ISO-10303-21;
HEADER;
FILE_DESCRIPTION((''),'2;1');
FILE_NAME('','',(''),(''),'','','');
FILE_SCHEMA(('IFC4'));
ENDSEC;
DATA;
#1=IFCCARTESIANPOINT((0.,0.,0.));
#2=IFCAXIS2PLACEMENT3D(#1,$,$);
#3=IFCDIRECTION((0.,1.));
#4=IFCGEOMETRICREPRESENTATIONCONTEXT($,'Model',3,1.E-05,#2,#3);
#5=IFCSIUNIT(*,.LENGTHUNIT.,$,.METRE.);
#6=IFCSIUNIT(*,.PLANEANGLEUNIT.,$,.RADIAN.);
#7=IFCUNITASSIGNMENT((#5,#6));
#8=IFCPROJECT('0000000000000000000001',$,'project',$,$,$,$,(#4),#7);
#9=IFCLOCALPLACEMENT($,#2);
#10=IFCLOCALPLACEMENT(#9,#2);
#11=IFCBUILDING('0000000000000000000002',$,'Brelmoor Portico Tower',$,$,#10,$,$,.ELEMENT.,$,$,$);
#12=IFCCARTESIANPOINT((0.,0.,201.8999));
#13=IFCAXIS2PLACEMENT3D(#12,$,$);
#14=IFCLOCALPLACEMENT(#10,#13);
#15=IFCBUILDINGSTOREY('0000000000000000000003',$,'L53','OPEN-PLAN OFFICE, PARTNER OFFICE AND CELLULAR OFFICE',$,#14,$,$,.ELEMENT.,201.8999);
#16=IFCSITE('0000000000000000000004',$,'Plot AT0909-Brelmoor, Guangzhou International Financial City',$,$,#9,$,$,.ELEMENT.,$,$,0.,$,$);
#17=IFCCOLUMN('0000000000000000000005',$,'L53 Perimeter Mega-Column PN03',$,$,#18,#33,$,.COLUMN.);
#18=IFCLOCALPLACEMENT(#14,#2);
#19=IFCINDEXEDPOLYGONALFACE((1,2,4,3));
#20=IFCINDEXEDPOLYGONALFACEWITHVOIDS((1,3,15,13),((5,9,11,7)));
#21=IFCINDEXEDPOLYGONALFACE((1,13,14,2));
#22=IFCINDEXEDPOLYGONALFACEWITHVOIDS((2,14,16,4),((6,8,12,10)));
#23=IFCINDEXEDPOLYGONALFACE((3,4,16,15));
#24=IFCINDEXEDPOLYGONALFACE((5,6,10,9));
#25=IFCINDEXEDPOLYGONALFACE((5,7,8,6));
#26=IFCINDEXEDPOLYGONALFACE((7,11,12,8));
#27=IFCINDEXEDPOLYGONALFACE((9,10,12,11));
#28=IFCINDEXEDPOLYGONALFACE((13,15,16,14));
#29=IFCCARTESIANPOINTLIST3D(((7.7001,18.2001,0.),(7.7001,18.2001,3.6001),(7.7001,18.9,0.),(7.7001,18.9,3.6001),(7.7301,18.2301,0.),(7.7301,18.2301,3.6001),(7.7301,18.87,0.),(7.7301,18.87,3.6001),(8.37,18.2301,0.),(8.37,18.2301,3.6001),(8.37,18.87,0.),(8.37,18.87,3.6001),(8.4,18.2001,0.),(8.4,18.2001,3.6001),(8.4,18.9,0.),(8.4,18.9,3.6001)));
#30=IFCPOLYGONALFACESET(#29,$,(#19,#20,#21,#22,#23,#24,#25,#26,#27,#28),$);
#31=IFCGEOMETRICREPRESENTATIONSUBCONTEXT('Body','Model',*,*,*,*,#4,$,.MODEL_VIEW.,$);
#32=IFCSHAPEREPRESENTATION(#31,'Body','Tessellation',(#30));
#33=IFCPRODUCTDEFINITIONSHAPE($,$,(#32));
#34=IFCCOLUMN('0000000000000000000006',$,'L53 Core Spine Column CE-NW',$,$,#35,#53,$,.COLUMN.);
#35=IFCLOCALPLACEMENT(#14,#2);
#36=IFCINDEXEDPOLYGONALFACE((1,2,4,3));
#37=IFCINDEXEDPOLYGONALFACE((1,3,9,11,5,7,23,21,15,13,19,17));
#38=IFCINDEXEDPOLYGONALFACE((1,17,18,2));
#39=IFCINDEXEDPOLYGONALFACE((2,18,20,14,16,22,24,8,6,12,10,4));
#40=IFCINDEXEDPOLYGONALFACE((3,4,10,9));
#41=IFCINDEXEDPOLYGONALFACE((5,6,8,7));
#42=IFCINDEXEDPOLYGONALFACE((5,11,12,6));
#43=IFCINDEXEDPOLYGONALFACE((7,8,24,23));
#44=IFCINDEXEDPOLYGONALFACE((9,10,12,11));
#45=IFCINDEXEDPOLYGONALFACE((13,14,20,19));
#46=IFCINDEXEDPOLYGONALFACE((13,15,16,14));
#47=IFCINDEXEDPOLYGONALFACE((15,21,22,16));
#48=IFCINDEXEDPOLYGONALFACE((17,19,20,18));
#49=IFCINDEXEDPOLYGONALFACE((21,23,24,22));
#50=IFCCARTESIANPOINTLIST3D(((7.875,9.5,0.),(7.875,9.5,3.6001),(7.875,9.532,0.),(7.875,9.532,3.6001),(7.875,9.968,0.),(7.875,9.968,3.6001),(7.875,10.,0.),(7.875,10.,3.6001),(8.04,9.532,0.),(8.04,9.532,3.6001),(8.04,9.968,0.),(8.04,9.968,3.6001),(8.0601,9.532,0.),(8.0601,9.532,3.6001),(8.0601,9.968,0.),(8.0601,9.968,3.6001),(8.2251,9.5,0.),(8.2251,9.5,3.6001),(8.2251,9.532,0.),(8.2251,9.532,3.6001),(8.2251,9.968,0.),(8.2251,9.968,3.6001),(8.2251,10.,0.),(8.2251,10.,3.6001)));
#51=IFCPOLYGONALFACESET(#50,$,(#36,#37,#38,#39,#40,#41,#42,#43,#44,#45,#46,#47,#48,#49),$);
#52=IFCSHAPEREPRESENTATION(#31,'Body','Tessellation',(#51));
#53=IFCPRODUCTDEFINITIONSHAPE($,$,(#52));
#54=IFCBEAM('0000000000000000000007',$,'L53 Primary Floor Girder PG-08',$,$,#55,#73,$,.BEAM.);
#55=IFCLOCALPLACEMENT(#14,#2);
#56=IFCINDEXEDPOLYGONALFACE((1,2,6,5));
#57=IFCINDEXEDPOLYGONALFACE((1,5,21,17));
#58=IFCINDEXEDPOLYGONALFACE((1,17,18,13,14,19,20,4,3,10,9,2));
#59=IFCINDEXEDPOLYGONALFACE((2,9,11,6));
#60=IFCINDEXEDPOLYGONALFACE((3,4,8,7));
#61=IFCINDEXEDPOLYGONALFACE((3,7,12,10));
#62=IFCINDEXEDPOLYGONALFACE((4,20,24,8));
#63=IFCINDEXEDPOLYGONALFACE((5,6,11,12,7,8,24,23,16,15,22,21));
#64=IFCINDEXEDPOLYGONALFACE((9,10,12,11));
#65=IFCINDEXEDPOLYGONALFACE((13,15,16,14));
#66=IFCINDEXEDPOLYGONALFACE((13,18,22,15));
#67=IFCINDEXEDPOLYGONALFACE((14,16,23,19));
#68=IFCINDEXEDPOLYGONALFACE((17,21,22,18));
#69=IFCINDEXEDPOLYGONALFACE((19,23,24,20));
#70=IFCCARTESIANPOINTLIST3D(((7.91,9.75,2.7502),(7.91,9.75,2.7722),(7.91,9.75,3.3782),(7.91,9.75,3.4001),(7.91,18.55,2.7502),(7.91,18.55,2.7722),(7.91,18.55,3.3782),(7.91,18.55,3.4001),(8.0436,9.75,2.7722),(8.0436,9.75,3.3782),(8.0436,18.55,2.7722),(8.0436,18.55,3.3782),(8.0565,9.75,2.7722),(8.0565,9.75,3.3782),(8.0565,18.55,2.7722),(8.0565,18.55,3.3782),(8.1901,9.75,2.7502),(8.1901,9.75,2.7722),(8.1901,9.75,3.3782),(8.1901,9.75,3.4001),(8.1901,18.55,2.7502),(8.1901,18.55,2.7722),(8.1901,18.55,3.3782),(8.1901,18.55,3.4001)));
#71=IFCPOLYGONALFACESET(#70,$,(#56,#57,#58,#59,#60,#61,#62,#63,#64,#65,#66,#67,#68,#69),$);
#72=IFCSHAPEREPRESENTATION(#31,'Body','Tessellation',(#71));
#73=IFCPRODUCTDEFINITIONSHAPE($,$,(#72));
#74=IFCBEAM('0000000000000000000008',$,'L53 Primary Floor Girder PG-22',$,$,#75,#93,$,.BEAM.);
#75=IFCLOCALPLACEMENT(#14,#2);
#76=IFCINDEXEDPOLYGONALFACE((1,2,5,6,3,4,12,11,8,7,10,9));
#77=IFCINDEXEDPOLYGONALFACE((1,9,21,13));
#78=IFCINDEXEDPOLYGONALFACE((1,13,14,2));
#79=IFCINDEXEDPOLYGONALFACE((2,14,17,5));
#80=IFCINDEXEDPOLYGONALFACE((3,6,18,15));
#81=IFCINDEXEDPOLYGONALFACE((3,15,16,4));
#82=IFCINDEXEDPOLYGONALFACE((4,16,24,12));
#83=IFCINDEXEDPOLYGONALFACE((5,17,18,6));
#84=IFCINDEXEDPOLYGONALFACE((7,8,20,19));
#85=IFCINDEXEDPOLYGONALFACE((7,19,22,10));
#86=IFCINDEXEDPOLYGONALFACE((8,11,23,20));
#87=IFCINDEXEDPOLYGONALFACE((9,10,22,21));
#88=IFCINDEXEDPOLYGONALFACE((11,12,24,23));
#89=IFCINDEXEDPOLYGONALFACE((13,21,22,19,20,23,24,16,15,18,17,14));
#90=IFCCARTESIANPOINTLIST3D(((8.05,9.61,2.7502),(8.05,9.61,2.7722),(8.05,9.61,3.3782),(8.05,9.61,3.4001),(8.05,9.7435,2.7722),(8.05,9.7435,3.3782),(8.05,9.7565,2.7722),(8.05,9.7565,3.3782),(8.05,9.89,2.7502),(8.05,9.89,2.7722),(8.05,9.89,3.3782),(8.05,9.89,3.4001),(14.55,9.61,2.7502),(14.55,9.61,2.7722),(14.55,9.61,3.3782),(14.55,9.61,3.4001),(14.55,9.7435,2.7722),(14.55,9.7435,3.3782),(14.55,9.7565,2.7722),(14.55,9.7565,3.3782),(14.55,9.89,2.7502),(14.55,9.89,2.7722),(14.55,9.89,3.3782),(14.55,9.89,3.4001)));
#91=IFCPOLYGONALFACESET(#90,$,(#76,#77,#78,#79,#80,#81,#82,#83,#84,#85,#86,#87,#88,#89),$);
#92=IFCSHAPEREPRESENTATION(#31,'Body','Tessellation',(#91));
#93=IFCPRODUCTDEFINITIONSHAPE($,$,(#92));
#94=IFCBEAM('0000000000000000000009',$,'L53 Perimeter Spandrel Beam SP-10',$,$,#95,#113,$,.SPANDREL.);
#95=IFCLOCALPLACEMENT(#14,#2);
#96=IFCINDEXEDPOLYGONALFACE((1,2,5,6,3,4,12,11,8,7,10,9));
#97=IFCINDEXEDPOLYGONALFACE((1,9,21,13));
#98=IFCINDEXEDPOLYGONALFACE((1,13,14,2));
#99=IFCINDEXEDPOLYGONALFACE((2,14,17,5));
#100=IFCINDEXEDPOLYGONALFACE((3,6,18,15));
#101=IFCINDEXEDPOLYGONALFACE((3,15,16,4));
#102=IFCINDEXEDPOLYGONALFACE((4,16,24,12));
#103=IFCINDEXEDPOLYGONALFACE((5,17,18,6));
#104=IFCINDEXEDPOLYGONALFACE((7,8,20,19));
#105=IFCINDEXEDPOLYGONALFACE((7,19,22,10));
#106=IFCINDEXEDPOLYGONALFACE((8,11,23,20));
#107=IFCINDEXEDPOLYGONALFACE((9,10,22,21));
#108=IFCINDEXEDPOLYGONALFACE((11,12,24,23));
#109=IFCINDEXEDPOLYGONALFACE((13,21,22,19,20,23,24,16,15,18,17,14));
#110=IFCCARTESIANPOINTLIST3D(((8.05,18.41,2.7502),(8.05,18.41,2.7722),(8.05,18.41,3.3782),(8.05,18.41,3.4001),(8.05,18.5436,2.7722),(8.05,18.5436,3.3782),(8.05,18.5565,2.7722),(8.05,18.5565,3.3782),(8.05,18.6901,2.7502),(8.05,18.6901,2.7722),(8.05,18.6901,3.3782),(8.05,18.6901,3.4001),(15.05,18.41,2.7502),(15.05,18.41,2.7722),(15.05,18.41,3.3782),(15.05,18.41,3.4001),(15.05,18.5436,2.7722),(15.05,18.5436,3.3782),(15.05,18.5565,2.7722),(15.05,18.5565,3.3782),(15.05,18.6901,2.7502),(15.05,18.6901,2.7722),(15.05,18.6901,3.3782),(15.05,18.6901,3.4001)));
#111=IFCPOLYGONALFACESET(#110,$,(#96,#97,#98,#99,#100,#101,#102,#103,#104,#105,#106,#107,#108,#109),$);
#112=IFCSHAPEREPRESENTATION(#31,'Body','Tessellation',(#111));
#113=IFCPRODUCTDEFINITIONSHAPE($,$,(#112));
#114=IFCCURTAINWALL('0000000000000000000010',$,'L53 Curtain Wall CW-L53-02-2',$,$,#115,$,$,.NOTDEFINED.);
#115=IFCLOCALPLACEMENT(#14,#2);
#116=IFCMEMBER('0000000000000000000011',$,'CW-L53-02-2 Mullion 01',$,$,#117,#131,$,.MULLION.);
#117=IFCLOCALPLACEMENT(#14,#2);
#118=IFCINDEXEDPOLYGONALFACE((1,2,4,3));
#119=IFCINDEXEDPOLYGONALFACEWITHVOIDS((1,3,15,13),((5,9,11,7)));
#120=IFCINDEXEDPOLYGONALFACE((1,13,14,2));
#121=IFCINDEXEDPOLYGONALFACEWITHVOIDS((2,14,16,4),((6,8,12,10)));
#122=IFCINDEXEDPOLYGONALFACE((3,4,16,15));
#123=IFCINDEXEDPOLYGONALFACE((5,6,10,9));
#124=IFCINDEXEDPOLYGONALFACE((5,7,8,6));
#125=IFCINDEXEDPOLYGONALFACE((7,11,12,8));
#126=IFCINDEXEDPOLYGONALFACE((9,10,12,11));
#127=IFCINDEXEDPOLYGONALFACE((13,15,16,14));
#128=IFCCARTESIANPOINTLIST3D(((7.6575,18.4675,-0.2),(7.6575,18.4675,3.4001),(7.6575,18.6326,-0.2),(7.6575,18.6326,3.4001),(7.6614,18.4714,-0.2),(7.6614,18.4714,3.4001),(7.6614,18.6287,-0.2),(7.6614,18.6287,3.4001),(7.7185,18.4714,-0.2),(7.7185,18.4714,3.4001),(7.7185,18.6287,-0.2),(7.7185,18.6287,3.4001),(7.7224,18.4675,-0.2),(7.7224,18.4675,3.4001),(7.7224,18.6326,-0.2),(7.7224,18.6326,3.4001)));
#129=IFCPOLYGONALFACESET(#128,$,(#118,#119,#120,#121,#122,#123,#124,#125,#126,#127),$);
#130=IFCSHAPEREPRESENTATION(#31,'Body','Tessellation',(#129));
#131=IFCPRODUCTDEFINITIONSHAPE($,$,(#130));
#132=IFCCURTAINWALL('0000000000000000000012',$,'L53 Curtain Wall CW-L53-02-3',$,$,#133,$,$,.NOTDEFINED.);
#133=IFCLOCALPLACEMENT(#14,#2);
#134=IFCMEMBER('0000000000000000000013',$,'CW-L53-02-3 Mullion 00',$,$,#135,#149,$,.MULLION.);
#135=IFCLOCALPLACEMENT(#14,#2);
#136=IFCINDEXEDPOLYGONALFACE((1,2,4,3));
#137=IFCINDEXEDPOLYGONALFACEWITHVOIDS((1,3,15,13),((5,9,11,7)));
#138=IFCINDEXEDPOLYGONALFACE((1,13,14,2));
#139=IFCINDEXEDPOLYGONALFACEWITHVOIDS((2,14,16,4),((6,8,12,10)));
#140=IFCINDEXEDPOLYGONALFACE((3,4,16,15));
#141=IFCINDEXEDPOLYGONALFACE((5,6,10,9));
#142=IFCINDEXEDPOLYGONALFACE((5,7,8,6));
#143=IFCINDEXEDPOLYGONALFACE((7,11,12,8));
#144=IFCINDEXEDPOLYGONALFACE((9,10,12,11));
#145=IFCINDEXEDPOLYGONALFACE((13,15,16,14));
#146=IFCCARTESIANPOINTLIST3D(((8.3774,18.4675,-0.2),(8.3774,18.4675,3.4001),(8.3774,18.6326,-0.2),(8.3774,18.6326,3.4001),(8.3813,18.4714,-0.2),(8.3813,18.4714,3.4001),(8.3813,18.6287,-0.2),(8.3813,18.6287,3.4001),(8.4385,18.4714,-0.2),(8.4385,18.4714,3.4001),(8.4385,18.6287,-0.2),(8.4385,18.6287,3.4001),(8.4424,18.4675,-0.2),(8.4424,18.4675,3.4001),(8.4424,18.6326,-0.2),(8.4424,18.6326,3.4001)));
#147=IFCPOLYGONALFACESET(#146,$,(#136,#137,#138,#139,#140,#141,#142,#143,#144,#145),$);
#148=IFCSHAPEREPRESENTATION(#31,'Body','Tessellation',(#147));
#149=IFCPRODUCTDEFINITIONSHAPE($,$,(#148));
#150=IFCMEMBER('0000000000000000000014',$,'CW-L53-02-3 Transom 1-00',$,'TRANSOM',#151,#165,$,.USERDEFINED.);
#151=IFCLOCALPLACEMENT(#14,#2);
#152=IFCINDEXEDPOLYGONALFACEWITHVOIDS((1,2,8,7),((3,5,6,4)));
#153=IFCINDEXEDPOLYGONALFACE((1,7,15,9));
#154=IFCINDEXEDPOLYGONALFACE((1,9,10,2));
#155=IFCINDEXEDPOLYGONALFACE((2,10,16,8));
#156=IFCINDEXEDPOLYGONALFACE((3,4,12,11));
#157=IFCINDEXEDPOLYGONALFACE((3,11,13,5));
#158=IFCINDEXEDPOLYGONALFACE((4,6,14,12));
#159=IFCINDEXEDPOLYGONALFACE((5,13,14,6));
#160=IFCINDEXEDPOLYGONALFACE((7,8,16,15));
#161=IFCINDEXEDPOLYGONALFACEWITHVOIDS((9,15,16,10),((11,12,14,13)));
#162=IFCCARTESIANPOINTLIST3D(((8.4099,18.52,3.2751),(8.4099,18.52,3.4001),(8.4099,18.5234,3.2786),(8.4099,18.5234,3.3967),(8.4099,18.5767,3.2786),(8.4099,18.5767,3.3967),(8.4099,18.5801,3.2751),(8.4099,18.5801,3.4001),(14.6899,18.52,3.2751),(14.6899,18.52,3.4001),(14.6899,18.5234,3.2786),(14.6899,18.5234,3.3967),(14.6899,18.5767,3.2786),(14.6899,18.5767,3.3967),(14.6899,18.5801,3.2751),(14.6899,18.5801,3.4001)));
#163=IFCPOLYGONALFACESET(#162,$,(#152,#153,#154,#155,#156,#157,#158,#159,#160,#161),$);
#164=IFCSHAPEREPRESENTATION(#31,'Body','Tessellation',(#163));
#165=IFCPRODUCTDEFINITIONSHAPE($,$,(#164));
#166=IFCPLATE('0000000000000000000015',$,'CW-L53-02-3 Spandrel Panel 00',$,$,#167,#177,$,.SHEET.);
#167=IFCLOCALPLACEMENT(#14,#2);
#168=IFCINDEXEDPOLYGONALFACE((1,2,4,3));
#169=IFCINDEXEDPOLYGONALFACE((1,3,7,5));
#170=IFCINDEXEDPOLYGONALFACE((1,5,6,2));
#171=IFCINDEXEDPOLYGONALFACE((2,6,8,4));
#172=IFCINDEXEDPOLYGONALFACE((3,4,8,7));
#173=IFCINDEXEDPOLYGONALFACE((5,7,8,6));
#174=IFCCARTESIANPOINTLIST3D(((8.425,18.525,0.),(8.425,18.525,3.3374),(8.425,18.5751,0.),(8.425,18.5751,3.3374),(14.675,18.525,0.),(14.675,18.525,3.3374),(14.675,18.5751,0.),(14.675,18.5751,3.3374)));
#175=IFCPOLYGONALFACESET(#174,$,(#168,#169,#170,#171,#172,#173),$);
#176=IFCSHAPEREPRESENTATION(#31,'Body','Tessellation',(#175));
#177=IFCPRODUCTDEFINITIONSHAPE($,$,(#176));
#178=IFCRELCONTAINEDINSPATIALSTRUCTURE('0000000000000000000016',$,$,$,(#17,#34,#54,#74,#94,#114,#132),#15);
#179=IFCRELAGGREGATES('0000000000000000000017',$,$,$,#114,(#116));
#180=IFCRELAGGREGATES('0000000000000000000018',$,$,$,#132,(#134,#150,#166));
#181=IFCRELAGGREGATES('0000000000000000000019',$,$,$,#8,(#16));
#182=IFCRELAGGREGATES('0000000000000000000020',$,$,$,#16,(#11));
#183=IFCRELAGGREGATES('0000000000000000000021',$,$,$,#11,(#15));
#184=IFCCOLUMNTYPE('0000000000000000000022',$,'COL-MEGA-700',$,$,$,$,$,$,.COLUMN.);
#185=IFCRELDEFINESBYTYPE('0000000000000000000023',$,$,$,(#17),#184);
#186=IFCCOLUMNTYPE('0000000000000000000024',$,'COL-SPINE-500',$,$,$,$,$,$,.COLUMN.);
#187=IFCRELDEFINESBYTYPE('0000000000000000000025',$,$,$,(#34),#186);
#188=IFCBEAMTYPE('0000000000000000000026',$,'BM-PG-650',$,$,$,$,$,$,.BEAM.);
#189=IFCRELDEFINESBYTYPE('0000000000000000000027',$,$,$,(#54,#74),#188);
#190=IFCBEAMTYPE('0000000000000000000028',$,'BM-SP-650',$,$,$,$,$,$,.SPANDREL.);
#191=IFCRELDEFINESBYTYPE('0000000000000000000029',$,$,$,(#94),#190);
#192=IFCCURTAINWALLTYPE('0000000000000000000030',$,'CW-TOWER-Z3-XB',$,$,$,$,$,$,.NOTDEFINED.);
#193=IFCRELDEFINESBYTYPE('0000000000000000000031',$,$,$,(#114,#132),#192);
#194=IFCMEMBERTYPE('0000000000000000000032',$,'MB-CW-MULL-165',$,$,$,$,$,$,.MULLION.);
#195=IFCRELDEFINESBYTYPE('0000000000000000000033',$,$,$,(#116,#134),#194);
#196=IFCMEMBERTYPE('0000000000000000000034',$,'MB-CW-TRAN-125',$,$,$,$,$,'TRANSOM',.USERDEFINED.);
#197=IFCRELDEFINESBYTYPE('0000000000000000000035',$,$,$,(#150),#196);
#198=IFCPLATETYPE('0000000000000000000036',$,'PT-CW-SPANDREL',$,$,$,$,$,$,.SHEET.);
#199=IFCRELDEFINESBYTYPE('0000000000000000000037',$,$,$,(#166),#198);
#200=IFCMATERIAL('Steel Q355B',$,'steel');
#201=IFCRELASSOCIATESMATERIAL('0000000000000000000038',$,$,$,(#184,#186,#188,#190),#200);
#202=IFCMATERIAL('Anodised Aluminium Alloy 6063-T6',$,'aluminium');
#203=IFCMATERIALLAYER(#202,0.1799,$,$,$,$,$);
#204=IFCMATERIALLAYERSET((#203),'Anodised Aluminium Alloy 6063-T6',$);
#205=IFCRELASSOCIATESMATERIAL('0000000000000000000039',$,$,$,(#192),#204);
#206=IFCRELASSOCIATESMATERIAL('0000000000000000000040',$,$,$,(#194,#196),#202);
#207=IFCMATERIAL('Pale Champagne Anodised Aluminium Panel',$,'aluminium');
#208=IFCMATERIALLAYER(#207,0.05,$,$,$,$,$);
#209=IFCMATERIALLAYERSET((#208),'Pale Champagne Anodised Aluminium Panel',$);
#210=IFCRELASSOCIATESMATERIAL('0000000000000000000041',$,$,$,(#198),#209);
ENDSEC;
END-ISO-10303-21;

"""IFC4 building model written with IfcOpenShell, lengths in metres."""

from ifc_helpers import new_model, si_unit, direction, frame, origin, origin_2d, place, context, subcontext, project, spatial, rectangle, hollow_rectangle, i_section, extrude, material, layer, layer_set, material_profile, profile_set, type_object, element, aggregate, save


model = new_model("IFC4")

# Units and contexts
model_context = context("Model", 3, precision=1e-05, world=origin(), true_north=direction((0.0, 1.0)))
body_context = subcontext(model_context, "Body", "Model", "MODEL_VIEW")
ifc_project = project(units=[si_unit("LENGTHUNIT", "METRE"), si_unit("PLANEANGLEUNIT", "RADIAN")], contexts=[model_context])

# Site, building, storey
site_placement = place(None, origin())
site = spatial("IfcSite", under=ifc_project, at=site_placement, Name="Plot AT0909-Brelmoor, Guangzhou International Financial City", CompositionType="ELEMENT", RefElevation=0.0)
building_placement = place(site_placement, origin())
building = spatial("IfcBuilding", under=site, at=building_placement, Name="Brelmoor Portico Tower", CompositionType="ELEMENT")
storey_placement = place(building_placement, frame((0.0, 0.0, 201.8999)))
storey = spatial("IfcBuildingStorey", under=building, at=storey_placement, Name="L53", Description="OPEN-PLAN OFFICE, PARTNER OFFICE AND CELLULAR OFFICE", CompositionType="ELEMENT", Elevation=201.8999)

# Columns
ifc_material_1 = material(Name="Steel Q355B", Category="steel")
ifc_material_profile_1 = material_profile(ifc_material_1, hollow_rectangle(XDim=0.7, YDim=0.7, WallThickness=0.03, at=origin_2d()), Name="BOX 700x700x30")
ifc_profile_set_1 = profile_set([ifc_material_profile_1], Name="Steel Q355B")
column_type_1 = type_object("IfcColumnType", Name="COL-MEGA-700", PredefinedType="COLUMN", material=ifc_profile_set_1)
column_1_placement = place(storey_placement, frame((8.05, 18.55, 0.0), z_axis=(0.0, 0.0, 1.0), x_axis=(1.0, 0.0, 0.0)))
element("IfcColumn", 1, at=column_1_placement, inside=storey, type_object=column_type_1, Name="L53 Perimeter Mega-Column PN03", PredefinedType="COLUMN", context=body_context, shape_type="SweptSolid", body=[
    extrude(hollow_rectangle(XDim=0.7, YDim=0.7, WallThickness=0.03, at=origin_2d()), origin(), (0.0, 0.0, 1.0), 3.6001),
])
ifc_material_profile_2 = material_profile(ifc_material_1, i_section(OverallWidth=0.3501, OverallDepth=0.5, WebThickness=0.02, FlangeThickness=0.032, at=origin_2d()), Name="HW 500x350x20x32")
ifc_profile_set_2 = profile_set([ifc_material_profile_2], Name="Steel Q355B")
column_type_2 = type_object("IfcColumnType", Name="COL-SPINE-500", PredefinedType="COLUMN", material=ifc_profile_set_2)
column_2_placement = place(storey_placement, frame((8.05, 9.75, 0.0), z_axis=(0.0, 0.0, 1.0), x_axis=(1.0, 0.0, 0.0)))
element("IfcColumn", 2, at=column_2_placement, inside=storey, type_object=column_type_2, Name="L53 Core Spine Column CE-NW", PredefinedType="COLUMN", context=body_context, shape_type="SweptSolid", body=[
    extrude(i_section(OverallWidth=0.3501, OverallDepth=0.5, WebThickness=0.02, FlangeThickness=0.032, at=origin_2d()), origin(), (0.0, 0.0, 1.0), 3.6001),
])

# Beams
ifc_material_profile_3 = material_profile(ifc_material_1, i_section(OverallWidth=0.28, OverallDepth=0.6499, WebThickness=0.0129, FlangeThickness=0.022, at=origin_2d()), Name="HN 650x280x13x22")
ifc_profile_set_3 = profile_set([ifc_material_profile_3], Name="Steel Q355B")
beam_type_1 = type_object("IfcBeamType", Name="BM-PG-650", PredefinedType="BEAM", material=ifc_profile_set_3)
beam_1_placement = place(storey_placement, frame((8.05, 9.75, 3.0752), z_axis=(0.0, 1.0, 0.0), x_axis=(-1.0, 0.0, 0.0)))
element("IfcBeam", 3, at=beam_1_placement, inside=storey, type_object=beam_type_1, Name="L53 Primary Floor Girder PG-08", PredefinedType="BEAM", context=body_context, shape_type="SweptSolid", body=[
    extrude(i_section(OverallWidth=0.28, OverallDepth=0.6499, WebThickness=0.0129, FlangeThickness=0.022, at=origin_2d()), origin(), (0.0, 0.0, 1.0), 8.8),
])
beam_2_placement = place(storey_placement, frame((8.05, 9.75, 3.0752), z_axis=(1.0, 0.0, 0.0), x_axis=(0.0, 1.0, 0.0)))
element("IfcBeam", 4, at=beam_2_placement, inside=storey, type_object=beam_type_1, Name="L53 Primary Floor Girder PG-22", PredefinedType="BEAM", context=body_context, shape_type="SweptSolid", body=[
    extrude(i_section(OverallWidth=0.28, OverallDepth=0.6499, WebThickness=0.0129, FlangeThickness=0.022, at=origin_2d()), origin(), (0.0, 0.0, 1.0), 6.5),
])
ifc_material_profile_4 = material_profile(ifc_material_1, i_section(OverallWidth=0.28, OverallDepth=0.6499, WebThickness=0.0129, FlangeThickness=0.022, at=origin_2d()), Name="HN 650x280x13x22")
ifc_profile_set_4 = profile_set([ifc_material_profile_4], Name="Steel Q355B")
beam_type_2 = type_object("IfcBeamType", Name="BM-SP-650", PredefinedType="SPANDREL", material=ifc_profile_set_4)
beam_3_placement = place(storey_placement, frame((8.05, 18.55, 3.0752), z_axis=(1.0, 0.0, 0.0), x_axis=(0.0, 1.0, 0.0)))
element("IfcBeam", 5, at=beam_3_placement, inside=storey, type_object=beam_type_2, Name="L53 Perimeter Spandrel Beam SP-10", PredefinedType="SPANDREL", context=body_context, shape_type="SweptSolid", body=[
    extrude(i_section(OverallWidth=0.28, OverallDepth=0.6499, WebThickness=0.0129, FlangeThickness=0.022, at=origin_2d()), origin(), (0.0, 0.0, 1.0), 7.0),
])

# Curtain wall, member
ifc_material_2 = material(Name="Anodised Aluminium Alloy 6063-T6", Category="aluminium")
ifc_layer_1 = layer(ifc_material_2, 0.1799)
ifc_layer_set_1 = layer_set([ifc_layer_1], Name="Anodised Aluminium Alloy 6063-T6")
curtain_wall_type = type_object("IfcCurtainWallType", Name="CW-TOWER-Z3-XB", PredefinedType="NOTDEFINED", material=ifc_layer_set_1)
curtain_wall_1_placement = place(storey_placement, origin())
curtain_wall_1 = element("IfcCurtainWall", 6, at=curtain_wall_1_placement, inside=storey, type_object=curtain_wall_type, Name="L53 Curtain Wall CW-L53-02-2", PredefinedType="NOTDEFINED")
ifc_material_profile_5 = material_profile(ifc_material_2, hollow_rectangle(XDim=0.0649, YDim=0.165, WallThickness=0.0039, at=origin_2d()), Name="ALU MULLION 65x165")
ifc_profile_set_5 = profile_set([ifc_material_profile_5], Name="Anodised Aluminium Alloy 6063-T6")
member_type_1 = type_object("IfcMemberType", Name="MB-CW-MULL-165", PredefinedType="MULLION", material=ifc_profile_set_5)
member_1_placement = place(storey_placement, frame((7.6899, 18.55, -0.2), z_axis=(0.0, 0.0, 1.0), x_axis=(1.0, 0.0, 0.0)))
member_1 = element("IfcMember", 7, at=member_1_placement, type_object=member_type_1, Name="CW-L53-02-2 Mullion 01", PredefinedType="MULLION", context=body_context, shape_type="SweptSolid", body=[
    extrude(hollow_rectangle(XDim=0.0649, YDim=0.165, WallThickness=0.0039, at=origin_2d()), origin(), (0.0, 0.0, 1.0), 3.6001),
])
aggregate(curtain_wall_1, [member_1])

# Curtain wall, members, plate
curtain_wall_2_placement = place(storey_placement, origin())
curtain_wall_2 = element("IfcCurtainWall", 8, at=curtain_wall_2_placement, inside=storey, type_object=curtain_wall_type, Name="L53 Curtain Wall CW-L53-02-3", PredefinedType="NOTDEFINED")
member_2_placement = place(storey_placement, frame((8.4099, 18.55, -0.2), z_axis=(0.0, 0.0, 1.0), x_axis=(1.0, 0.0, 0.0)))
member_2 = element("IfcMember", 9, at=member_2_placement, type_object=member_type_1, Name="CW-L53-02-3 Mullion 00", PredefinedType="MULLION", context=body_context, shape_type="SweptSolid", body=[
    extrude(hollow_rectangle(XDim=0.0649, YDim=0.165, WallThickness=0.0039, at=origin_2d()), origin(), (0.0, 0.0, 1.0), 3.6001),
])
ifc_material_profile_6 = material_profile(ifc_material_2, hollow_rectangle(XDim=0.0601, YDim=0.125, WallThickness=0.0034, at=origin_2d()), Name="ALU TRANSOM 60x125")
ifc_profile_set_6 = profile_set([ifc_material_profile_6], Name="Anodised Aluminium Alloy 6063-T6")
member_type_2 = type_object("IfcMemberType", Name="MB-CW-TRAN-125", ElementType="TRANSOM", PredefinedType="USERDEFINED", material=ifc_profile_set_6)
member_3_placement = place(storey_placement, frame((8.4099, 18.55, 3.3376), z_axis=(1.0, 0.0, 0.0), x_axis=(0.0, 1.0, 0.0)))
member_3 = element("IfcMember", 10, at=member_3_placement, type_object=member_type_2, Name="CW-L53-02-3 Transom 1-00", ObjectType="TRANSOM", PredefinedType="USERDEFINED", context=body_context, shape_type="SweptSolid", body=[
    extrude(hollow_rectangle(XDim=0.0601, YDim=0.125, WallThickness=0.0034, at=origin_2d()), origin(), (0.0, 0.0, 1.0), 6.28),
])
ifc_material_3 = material(Name="Pale Champagne Anodised Aluminium Panel", Category="aluminium")
ifc_layer_2 = layer(ifc_material_3, 0.05)
ifc_layer_set_2 = layer_set([ifc_layer_2], Name="Pale Champagne Anodised Aluminium Panel")
plate_type_1 = type_object("IfcPlateType", Name="PT-CW-SPANDREL", PredefinedType="SHEET", material=ifc_layer_set_2)
plate_1_placement = place(storey_placement, frame((11.55, 18.55, 0.0), z_axis=(0.0, 0.0, 1.0), x_axis=(1.0, 0.0, 0.0)))
plate_1 = element("IfcPlate", 11, at=plate_1_placement, type_object=plate_type_1, Name="CW-L53-02-3 Spandrel Panel 00", PredefinedType="SHEET", context=body_context, shape_type="SweptSolid", body=[
    extrude(rectangle(XDim=6.25, YDim=0.05, at=origin_2d()), origin(), (0.0, 0.0, 1.0), 3.3374),
])
aggregate(curtain_wall_2, [member_2, member_3, plate_1])

save(model, "model.ifc")
